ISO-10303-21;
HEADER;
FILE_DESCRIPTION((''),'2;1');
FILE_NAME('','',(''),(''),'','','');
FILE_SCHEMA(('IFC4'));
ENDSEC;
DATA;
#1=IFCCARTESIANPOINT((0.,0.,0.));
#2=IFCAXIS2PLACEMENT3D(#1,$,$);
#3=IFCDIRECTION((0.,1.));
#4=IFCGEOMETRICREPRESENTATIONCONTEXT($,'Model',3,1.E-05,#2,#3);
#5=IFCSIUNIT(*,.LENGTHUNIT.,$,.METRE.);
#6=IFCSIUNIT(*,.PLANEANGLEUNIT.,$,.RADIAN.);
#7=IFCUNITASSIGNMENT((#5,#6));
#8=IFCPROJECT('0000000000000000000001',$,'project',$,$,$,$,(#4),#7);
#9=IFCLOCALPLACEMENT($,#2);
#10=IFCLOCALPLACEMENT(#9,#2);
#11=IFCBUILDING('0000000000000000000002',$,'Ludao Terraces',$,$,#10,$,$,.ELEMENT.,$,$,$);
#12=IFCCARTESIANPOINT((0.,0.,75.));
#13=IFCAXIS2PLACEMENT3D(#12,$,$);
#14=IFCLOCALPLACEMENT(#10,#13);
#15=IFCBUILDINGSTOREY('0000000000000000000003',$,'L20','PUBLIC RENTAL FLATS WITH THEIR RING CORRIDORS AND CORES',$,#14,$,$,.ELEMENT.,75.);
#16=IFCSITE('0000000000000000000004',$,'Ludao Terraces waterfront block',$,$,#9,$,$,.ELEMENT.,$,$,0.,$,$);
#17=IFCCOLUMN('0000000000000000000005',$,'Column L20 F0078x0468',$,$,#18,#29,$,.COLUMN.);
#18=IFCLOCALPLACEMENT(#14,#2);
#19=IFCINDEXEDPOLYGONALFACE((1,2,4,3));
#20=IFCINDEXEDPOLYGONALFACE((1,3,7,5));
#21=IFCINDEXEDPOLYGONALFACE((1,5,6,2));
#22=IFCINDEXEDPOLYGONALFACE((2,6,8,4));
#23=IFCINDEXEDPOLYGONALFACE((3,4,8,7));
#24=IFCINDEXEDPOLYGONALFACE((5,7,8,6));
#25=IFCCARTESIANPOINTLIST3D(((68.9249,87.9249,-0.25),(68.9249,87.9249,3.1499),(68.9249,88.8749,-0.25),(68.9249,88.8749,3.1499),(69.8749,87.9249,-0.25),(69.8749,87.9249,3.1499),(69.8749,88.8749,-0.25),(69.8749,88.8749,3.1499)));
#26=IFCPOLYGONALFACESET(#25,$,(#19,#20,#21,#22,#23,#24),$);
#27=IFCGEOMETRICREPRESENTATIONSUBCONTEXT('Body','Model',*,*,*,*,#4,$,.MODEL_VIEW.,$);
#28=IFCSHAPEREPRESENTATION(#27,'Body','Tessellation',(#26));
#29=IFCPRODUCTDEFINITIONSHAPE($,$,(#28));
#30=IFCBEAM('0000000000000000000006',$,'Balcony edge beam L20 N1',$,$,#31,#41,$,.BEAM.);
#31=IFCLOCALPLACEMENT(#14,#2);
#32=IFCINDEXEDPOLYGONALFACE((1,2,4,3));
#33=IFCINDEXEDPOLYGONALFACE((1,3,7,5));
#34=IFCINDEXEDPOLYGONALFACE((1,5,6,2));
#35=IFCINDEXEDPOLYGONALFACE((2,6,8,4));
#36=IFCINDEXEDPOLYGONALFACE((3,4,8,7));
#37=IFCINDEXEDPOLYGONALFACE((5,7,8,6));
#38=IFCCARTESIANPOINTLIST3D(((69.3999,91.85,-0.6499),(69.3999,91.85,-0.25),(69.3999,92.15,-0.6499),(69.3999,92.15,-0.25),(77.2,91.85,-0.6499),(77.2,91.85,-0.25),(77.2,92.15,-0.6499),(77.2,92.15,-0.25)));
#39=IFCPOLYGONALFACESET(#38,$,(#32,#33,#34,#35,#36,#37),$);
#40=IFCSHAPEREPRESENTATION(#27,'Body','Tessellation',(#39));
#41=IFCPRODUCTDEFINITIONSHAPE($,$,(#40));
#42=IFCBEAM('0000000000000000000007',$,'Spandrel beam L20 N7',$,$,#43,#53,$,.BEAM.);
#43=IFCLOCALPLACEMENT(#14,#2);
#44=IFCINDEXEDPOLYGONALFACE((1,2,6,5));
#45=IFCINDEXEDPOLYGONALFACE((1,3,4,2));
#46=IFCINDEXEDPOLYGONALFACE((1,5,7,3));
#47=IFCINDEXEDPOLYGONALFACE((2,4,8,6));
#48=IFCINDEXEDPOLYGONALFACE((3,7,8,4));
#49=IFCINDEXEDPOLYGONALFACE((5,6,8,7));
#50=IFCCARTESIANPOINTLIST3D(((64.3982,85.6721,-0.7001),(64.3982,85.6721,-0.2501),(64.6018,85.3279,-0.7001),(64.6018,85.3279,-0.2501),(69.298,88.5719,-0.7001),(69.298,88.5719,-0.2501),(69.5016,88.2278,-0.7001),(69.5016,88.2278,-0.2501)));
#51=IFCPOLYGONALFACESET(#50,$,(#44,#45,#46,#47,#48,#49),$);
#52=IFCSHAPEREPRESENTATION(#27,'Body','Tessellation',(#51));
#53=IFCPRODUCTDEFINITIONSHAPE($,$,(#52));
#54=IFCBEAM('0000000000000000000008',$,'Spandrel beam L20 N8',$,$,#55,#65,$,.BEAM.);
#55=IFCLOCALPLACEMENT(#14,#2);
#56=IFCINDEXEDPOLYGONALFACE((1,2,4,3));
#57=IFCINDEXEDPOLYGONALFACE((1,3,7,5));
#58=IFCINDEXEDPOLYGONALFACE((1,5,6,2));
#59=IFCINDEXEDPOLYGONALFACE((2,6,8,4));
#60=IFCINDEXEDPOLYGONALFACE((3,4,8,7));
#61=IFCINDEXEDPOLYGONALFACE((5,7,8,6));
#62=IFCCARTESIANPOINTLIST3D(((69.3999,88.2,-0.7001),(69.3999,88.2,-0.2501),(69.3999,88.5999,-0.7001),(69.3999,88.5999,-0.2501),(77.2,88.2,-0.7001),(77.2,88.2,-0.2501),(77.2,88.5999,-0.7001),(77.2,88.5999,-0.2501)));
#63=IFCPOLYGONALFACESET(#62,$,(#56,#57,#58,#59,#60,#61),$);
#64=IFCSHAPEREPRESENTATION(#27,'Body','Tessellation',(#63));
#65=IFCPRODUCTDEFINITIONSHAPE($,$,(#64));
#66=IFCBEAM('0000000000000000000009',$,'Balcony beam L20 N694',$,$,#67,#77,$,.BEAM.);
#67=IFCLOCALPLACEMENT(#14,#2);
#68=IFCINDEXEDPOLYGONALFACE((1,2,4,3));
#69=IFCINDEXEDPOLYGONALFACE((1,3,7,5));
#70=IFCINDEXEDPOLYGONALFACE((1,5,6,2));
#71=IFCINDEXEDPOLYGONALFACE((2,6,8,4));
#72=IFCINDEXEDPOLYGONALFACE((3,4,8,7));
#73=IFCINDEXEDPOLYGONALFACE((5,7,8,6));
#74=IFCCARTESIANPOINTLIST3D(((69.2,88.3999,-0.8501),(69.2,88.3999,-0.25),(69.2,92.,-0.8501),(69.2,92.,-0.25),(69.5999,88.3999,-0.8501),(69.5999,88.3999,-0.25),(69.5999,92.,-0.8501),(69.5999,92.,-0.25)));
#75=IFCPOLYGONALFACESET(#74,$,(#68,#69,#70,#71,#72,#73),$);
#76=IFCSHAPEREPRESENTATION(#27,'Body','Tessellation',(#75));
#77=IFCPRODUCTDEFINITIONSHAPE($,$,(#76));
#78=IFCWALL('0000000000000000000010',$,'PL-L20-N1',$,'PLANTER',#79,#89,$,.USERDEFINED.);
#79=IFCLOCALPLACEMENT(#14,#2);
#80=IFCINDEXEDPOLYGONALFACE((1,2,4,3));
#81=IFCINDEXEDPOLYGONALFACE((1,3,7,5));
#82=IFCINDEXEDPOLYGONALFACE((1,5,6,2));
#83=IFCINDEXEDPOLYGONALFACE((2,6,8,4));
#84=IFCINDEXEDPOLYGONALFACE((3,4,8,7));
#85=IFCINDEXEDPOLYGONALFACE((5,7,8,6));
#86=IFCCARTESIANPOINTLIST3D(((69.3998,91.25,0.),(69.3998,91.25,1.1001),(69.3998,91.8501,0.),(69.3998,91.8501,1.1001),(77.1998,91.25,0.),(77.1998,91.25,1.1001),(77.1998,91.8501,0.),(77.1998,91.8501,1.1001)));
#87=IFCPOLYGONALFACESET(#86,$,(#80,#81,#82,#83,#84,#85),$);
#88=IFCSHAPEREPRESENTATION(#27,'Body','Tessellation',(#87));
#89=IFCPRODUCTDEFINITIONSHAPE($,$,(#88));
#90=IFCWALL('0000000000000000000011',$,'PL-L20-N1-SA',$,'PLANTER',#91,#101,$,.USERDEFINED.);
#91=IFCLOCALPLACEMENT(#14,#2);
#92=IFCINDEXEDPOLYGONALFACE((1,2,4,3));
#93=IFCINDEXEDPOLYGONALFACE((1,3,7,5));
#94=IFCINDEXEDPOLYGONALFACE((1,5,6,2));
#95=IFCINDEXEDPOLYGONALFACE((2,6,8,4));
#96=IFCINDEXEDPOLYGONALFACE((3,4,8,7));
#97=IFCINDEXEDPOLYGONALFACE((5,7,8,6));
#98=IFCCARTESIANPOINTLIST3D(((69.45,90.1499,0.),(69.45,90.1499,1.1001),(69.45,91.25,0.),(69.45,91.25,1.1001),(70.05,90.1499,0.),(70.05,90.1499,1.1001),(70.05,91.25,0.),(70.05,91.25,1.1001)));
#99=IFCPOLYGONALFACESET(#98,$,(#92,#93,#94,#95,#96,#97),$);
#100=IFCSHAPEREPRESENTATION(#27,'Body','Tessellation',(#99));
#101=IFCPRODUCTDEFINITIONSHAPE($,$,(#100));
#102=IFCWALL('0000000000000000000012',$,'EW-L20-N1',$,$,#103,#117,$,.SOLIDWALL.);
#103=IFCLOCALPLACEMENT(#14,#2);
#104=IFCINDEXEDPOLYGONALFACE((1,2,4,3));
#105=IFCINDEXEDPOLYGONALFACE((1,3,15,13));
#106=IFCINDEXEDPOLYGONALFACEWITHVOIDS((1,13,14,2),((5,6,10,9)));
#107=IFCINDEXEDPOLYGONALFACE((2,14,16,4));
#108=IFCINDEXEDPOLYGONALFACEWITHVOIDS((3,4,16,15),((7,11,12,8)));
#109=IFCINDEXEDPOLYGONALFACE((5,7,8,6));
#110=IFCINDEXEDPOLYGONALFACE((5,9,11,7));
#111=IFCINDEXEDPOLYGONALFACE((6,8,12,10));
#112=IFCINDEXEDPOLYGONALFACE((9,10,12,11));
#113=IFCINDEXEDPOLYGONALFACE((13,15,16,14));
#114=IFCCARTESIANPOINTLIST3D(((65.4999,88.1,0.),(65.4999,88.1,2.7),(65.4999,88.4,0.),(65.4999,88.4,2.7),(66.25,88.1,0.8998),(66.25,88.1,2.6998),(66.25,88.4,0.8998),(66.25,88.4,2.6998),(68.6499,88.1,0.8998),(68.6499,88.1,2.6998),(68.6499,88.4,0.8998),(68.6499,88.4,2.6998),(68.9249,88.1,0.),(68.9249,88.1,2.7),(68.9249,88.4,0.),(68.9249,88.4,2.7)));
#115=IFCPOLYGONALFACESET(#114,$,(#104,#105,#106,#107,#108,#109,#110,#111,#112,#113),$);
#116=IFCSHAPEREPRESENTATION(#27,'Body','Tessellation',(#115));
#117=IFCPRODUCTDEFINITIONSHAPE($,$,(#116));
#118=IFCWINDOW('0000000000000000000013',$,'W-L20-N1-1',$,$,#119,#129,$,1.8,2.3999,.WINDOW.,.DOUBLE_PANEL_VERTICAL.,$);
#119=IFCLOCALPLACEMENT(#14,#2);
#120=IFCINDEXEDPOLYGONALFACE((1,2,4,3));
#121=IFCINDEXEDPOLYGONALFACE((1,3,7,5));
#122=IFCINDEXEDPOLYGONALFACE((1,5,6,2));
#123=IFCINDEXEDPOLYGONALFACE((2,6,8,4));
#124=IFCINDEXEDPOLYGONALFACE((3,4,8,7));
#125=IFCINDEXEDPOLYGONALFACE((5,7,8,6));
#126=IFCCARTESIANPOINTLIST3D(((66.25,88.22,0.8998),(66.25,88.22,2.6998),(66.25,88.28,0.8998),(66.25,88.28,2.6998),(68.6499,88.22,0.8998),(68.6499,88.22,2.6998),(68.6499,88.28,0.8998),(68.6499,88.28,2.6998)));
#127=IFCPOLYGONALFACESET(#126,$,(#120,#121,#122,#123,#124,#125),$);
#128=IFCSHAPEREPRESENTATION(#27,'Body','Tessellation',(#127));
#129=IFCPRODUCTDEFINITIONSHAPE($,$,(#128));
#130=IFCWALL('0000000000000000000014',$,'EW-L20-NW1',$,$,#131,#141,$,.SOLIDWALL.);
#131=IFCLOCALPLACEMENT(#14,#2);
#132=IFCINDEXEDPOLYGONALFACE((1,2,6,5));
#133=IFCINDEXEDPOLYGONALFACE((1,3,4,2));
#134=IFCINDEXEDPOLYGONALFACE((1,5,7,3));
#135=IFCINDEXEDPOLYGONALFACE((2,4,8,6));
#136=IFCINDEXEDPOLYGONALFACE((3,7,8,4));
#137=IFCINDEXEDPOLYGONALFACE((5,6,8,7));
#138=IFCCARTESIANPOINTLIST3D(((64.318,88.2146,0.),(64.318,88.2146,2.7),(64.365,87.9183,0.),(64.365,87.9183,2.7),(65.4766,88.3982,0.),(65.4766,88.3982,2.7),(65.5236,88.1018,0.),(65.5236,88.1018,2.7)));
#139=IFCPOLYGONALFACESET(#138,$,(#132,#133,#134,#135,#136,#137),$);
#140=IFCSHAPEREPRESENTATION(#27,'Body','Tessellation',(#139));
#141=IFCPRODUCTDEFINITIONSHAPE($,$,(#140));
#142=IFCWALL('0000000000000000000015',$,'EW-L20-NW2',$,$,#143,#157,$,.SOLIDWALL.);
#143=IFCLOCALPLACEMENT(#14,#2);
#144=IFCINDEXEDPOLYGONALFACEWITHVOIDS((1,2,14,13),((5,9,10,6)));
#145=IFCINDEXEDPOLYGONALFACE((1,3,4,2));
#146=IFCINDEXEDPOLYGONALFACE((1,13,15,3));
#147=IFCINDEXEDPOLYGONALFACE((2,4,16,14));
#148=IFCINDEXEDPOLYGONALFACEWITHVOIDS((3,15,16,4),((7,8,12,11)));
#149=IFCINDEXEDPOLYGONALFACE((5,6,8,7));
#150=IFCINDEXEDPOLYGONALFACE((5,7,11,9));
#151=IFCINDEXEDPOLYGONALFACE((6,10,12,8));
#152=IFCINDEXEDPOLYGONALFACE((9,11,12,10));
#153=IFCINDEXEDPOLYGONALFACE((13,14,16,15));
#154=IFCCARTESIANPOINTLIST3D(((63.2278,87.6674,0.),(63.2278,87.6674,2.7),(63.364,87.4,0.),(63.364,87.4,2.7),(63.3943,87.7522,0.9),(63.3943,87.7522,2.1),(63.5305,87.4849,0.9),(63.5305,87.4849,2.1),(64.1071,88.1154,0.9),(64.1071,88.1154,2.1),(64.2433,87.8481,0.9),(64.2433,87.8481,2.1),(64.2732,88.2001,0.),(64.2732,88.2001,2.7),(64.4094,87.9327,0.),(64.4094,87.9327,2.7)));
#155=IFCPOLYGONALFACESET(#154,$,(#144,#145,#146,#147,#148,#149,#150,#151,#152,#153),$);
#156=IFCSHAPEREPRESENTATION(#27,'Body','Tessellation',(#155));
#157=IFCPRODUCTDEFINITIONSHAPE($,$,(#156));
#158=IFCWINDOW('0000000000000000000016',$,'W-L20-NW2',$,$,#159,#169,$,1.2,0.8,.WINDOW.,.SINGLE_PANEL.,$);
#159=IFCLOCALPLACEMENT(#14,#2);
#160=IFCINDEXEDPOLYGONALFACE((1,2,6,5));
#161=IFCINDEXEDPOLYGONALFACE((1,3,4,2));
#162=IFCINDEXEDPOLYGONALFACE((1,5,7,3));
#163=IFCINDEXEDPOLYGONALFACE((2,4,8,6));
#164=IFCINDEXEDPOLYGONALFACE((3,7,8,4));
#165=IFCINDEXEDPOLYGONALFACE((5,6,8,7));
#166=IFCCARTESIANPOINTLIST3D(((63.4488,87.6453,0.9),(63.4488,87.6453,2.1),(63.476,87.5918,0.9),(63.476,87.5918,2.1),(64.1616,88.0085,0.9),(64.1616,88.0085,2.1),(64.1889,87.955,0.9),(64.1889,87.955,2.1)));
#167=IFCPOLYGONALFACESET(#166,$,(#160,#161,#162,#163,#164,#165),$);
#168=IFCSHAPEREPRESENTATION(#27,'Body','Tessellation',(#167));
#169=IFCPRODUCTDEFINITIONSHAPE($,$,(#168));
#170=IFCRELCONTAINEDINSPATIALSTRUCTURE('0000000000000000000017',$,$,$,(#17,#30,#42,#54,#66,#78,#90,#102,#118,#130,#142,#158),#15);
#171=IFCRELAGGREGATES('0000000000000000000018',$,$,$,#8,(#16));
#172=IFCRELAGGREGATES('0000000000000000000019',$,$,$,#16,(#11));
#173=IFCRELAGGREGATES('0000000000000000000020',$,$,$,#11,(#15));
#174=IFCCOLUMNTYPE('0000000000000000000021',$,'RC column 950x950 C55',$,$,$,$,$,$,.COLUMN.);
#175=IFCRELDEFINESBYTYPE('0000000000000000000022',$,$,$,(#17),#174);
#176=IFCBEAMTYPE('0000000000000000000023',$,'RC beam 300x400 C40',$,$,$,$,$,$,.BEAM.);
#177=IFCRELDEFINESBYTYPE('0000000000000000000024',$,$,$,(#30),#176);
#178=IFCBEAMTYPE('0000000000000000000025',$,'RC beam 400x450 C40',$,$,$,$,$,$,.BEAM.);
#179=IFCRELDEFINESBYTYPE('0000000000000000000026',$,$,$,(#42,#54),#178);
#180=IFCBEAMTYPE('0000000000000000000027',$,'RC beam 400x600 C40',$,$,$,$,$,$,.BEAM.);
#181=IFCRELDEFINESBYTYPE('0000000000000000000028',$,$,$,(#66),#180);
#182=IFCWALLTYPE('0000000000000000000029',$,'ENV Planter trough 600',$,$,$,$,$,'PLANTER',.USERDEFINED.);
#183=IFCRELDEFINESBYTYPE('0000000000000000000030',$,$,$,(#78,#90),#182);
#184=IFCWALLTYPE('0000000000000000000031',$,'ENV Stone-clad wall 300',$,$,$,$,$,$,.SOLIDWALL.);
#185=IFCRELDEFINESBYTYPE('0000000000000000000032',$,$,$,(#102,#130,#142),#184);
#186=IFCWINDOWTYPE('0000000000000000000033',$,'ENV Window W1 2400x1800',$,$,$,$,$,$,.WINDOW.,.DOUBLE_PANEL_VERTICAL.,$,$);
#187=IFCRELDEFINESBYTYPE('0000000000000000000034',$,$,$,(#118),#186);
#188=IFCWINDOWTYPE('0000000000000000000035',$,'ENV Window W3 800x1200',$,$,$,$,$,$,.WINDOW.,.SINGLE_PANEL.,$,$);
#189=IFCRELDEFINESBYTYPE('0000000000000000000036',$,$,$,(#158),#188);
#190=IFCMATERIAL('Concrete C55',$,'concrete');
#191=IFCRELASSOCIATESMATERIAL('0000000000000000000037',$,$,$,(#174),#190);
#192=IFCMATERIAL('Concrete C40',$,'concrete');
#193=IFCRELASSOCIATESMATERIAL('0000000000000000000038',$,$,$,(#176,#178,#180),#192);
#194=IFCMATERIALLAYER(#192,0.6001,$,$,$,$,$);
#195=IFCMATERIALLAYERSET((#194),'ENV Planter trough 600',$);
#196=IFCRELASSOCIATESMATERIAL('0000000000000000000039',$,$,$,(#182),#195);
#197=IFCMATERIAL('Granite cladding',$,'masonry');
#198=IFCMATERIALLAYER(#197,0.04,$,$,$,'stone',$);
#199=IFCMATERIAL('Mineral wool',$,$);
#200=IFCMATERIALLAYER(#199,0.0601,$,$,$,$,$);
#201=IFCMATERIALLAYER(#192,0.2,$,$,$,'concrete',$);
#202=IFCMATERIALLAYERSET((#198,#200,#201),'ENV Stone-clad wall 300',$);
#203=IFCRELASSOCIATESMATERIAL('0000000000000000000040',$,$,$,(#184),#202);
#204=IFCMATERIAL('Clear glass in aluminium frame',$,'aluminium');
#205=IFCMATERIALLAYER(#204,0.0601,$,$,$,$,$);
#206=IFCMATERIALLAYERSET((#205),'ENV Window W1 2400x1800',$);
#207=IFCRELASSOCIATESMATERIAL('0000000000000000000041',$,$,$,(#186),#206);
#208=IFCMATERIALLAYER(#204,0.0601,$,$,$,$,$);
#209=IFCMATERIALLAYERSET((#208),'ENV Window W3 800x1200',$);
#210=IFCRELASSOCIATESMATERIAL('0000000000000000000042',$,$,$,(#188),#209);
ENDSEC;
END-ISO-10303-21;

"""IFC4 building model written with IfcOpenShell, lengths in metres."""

from ifc_helpers import new_model, si_unit, direction, frame, frame_2d, origin, origin_2d, place, context, subcontext, project, spatial, rectangle, extrude, material, layer, layer_set, material_profile, profile_set, type_object, element, fill, save


model = new_model("IFC4")

# Units and contexts
model_context = context("Model", 3, precision=1e-05, world=origin(), true_north=direction((0.0, 1.0)))
body_context = subcontext(model_context, "Body", "Model", "MODEL_VIEW")
ifc_project = project(units=[si_unit("LENGTHUNIT", "METRE"), si_unit("PLANEANGLEUNIT", "RADIAN")], contexts=[model_context])

# Site, building, storey
site_placement = place(None, origin())
site = spatial("IfcSite", under=ifc_project, at=site_placement, Name="Ludao Terraces waterfront block", CompositionType="ELEMENT", RefElevation=0.0)
building_placement = place(site_placement, origin())
building = spatial("IfcBuilding", under=site, at=building_placement, Name="Ludao Terraces", CompositionType="ELEMENT")
storey_placement = place(building_placement, frame((0.0, 0.0, 75.0)))
storey = spatial("IfcBuildingStorey", under=building, at=storey_placement, Name="L20", Description="PUBLIC RENTAL FLATS WITH THEIR RING CORRIDORS AND CORES", CompositionType="ELEMENT", Elevation=75.0)

# Column
ifc_material_1 = material(Name="Concrete C55", Category="concrete")
ifc_material_profile_1 = material_profile(ifc_material_1, rectangle(XDim=0.95, YDim=0.95, at=origin_2d()), Name="950 X 950")
ifc_profile_set_1 = profile_set([ifc_material_profile_1], Name="Concrete C55")
column_type = type_object("IfcColumnType", Name="RC column 950x950 C55", PredefinedType="COLUMN", material=ifc_profile_set_1)
column_placement = place(storey_placement, frame((69.3999, 88.3999, -0.25), z_axis=(0.0, 0.0, 1.0), x_axis=(1.0, 0.0, 0.0)))
element("IfcColumn", 1, at=column_placement, inside=storey, type_object=column_type, Name="Column L20 F0078x0468", PredefinedType="COLUMN", context=body_context, shape_type="SweptSolid", body=[
    extrude(rectangle(XDim=0.95, YDim=0.95, at=origin_2d()), origin(), (0.0, 0.0, 1.0), 3.3999),
])

# Beams
ifc_material_2 = material(Name="Concrete C40", Category="concrete")
ifc_material_profile_2 = material_profile(ifc_material_2, rectangle(XDim=0.3, YDim=0.3999, at=origin_2d()), Name="300 X 400")
ifc_profile_set_2 = profile_set([ifc_material_profile_2], Name="Concrete C40")
beam_type_1 = type_object("IfcBeamType", Name="RC beam 300x400 C40", PredefinedType="BEAM", material=ifc_profile_set_2)
beam_1_placement = place(storey_placement, frame((69.3999, 92.0, -0.45), z_axis=(1.0, 0.0, 0.0), x_axis=(0.0, 1.0, 0.0)))
element("IfcBeam", 2, at=beam_1_placement, inside=storey, type_object=beam_type_1, Name="Balcony edge beam L20 N1", PredefinedType="BEAM", context=body_context, shape_type="SweptSolid", body=[
    extrude(rectangle(XDim=0.3, YDim=0.3999, at=origin_2d()), origin(), (0.0, 0.0, 1.0), 7.8),
])
ifc_material_profile_3 = material_profile(ifc_material_2, rectangle(XDim=0.3999, YDim=0.45, at=origin_2d()), Name="400 X 450")
ifc_profile_set_3 = profile_set([ifc_material_profile_3], Name="Concrete C40")
beam_type_2 = type_object("IfcBeamType", Name="RC beam 400x450 C40", PredefinedType="BEAM", material=ifc_profile_set_3)
beam_2_placement = place(storey_placement, frame((64.5, 85.5, -0.4751), z_axis=(0.86058, 0.509316, 0.0), x_axis=(-0.509316, 0.86058, 0.0)))
element("IfcBeam", 3, at=beam_2_placement, inside=storey, type_object=beam_type_2, Name="Spandrel beam L20 N7", PredefinedType="BEAM", context=body_context, shape_type="SweptSolid", body=[
    extrude(rectangle(XDim=0.3999, YDim=0.45, at=origin_2d()), origin(), (0.0, 0.0, 1.0), 5.6936),
])
beam_3_placement = place(storey_placement, frame((69.3999, 88.3999, -0.4751), z_axis=(1.0, 0.0, 0.0), x_axis=(0.0, 1.0, 0.0)))
element("IfcBeam", 4, at=beam_3_placement, inside=storey, type_object=beam_type_2, Name="Spandrel beam L20 N8", PredefinedType="BEAM", context=body_context, shape_type="SweptSolid", body=[
    extrude(rectangle(XDim=0.3999, YDim=0.45, at=origin_2d()), origin(), (0.0, 0.0, 1.0), 7.8),
])
ifc_material_profile_4 = material_profile(ifc_material_2, rectangle(XDim=0.3999, YDim=0.6001, at=origin_2d()), Name="400 X 600")
ifc_profile_set_4 = profile_set([ifc_material_profile_4], Name="Concrete C40")
beam_type_3 = type_object("IfcBeamType", Name="RC beam 400x600 C40", PredefinedType="BEAM", material=ifc_profile_set_4)
beam_4_placement = place(storey_placement, frame((69.3999, 88.3999, -0.55), z_axis=(0.0, 1.0, 0.0), x_axis=(-1.0, 0.0, 0.0)))
element("IfcBeam", 5, at=beam_4_placement, inside=storey, type_object=beam_type_3, Name="Balcony beam L20 N694", PredefinedType="BEAM", context=body_context, shape_type="SweptSolid", body=[
    extrude(rectangle(XDim=0.3999, YDim=0.6001, at=origin_2d()), origin(), (0.0, 0.0, 1.0), 3.6001),
])

# Walls
ifc_layer_1 = layer(ifc_material_2, 0.6001)
ifc_layer_set_1 = layer_set([ifc_layer_1], Name="ENV Planter trough 600")
wall_type_1 = type_object("IfcWallType", Name="ENV Planter trough 600", ElementType="PLANTER", PredefinedType="USERDEFINED", material=ifc_layer_set_1)
wall_1_placement = place(storey_placement, frame((69.3999, 91.55, 0.0), z_axis=(0.0, 0.0, 1.0), x_axis=(1.0, 0.0, 0.0)))
element("IfcWall", 6, at=wall_1_placement, inside=storey, type_object=wall_type_1, Name="PL-L20-N1", ObjectType="PLANTER", PredefinedType="USERDEFINED", context=body_context, shape_type="SweptSolid", body=[
    extrude(rectangle(XDim=7.8, YDim=0.6001, at=frame_2d((3.8999, 0.0))), origin(), (0.0, 0.0, 1.0), 1.1001),
])
wall_2_placement = place(storey_placement, frame((69.75, 91.25, 0.0), z_axis=(0.0, 0.0, 1.0), x_axis=(0.0, -1.0, 0.0)))
element("IfcWall", 7, at=wall_2_placement, inside=storey, type_object=wall_type_1, Name="PL-L20-N1-SA", ObjectType="PLANTER", PredefinedType="USERDEFINED", context=body_context, shape_type="SweptSolid", body=[
    extrude(rectangle(XDim=1.1001, YDim=0.6001, at=frame_2d((0.55, 0.0))), origin(), (0.0, 0.0, 1.0), 1.1001),
])

# Wall, opening, window
ifc_material_3 = material(Name="Granite cladding", Category="masonry")
ifc_layer_2 = layer(ifc_material_3, 0.04, Category="stone")
ifc_material_4 = material(Name="Mineral wool")
ifc_layer_3 = layer(ifc_material_4, 0.0601)
ifc_layer_4 = layer(ifc_material_2, 0.2, Category="concrete")
ifc_layer_set_2 = layer_set([ifc_layer_2, ifc_layer_3, ifc_layer_4], Name="ENV Stone-clad wall 300")
wall_type_2 = type_object("IfcWallType", Name="ENV Stone-clad wall 300", PredefinedType="SOLIDWALL", material=ifc_layer_set_2)
wall_3_placement = place(storey_placement, frame((65.5, 88.25, 0.0), z_axis=(0.0, 0.0, 1.0), x_axis=(1.0, 0.0, 0.0)))
wall_3 = element("IfcWall", 8, at=wall_3_placement, inside=storey, type_object=wall_type_2, Name="EW-L20-N1", PredefinedType="SOLIDWALL", context=body_context, shape_type="SweptSolid", body=[
    extrude(rectangle(XDim=3.425, YDim=0.3, at=frame_2d((1.7124, 0.0))), origin(), (0.0, 0.0, 1.0), 2.7),
])
opening_1_placement = place(wall_3_placement, frame((0.75, 0.0, 0.8999)))
opening_1 = element("IfcOpeningElement", 9, at=opening_1_placement, cuts=wall_3, PredefinedType="OPENING", context=body_context, shape_type="SweptSolid", body=[
    extrude(rectangle(XDim=2.3999, YDim=1.8, at=frame_2d((1.2, 0.8999))), frame((0.0, 0.1602, 0.0), z_axis=(0.0, -1.0, 0.0), x_axis=(1.0, 0.0, 0.0)), (0.0, 0.0, 1.0), 0.3201),
])
ifc_material_5 = material(Name="Clear glass in aluminium frame", Category="aluminium")
ifc_layer_5 = layer(ifc_material_5, 0.0601)
ifc_layer_set_3 = layer_set([ifc_layer_5], Name="ENV Window W1 2400x1800")
window_type_1 = type_object("IfcWindowType", Name="ENV Window W1 2400x1800", PartitioningType="DOUBLE_PANEL_VERTICAL", PredefinedType="WINDOW", material=ifc_layer_set_3)
window_1_placement = place(opening_1_placement, origin())
window_1 = element("IfcWindow", 10, at=window_1_placement, inside=storey, type_object=window_type_1, Name="W-L20-N1-1", OverallHeight=1.8, OverallWidth=2.3999, PartitioningType="DOUBLE_PANEL_VERTICAL", PredefinedType="WINDOW", context=body_context, shape_type="SweptSolid", body=[
    extrude(rectangle(XDim=2.3999, YDim=1.8, at=frame_2d((1.2, 0.8999))), frame((0.0, 0.03, 0.0), z_axis=(0.0, -1.0, 0.0), x_axis=(1.0, 0.0, 0.0)), (0.0, 0.0, 1.0), 0.0601),
])
fill(opening_1, window_1)

# Wall
wall_4_placement = place(storey_placement, frame((65.5, 88.25, 0.0), z_axis=(0.0, 0.0, 1.0), x_axis=(-0.987678, -0.156497, 0.0)))
element("IfcWall", 11, at=wall_4_placement, inside=storey, type_object=wall_type_2, Name="EW-L20-NW1", PredefinedType="SOLIDWALL", context=body_context, shape_type="SweptSolid", body=[
    extrude(rectangle(XDim=1.1731, YDim=0.3, at=frame_2d((0.5864, 0.0))), origin(), (0.0, 0.0, 1.0), 2.7),
])

# Wall, opening, window
wall_5_placement = place(storey_placement, frame((64.3413, 88.0664, 0.0), z_axis=(0.0, 0.0, 1.0), x_axis=(-0.890989, -0.454026, 0.0)))
wall_5 = element("IfcWall", 12, at=wall_5_placement, inside=storey, type_object=wall_type_2, Name="EW-L20-NW2", PredefinedType="SOLIDWALL", context=body_context, shape_type="SweptSolid", body=[
    extrude(rectangle(XDim=1.1733, YDim=0.3, at=frame_2d((0.5867, 0.0))), origin(), (0.0, 0.0, 1.0), 2.7),
])
opening_2_placement = place(wall_5_placement, frame((0.1865, 0.0, 0.8999)))
opening_2 = element("IfcOpeningElement", 13, at=opening_2_placement, cuts=wall_5, PredefinedType="OPENING", context=body_context, shape_type="SweptSolid", body=[
    extrude(rectangle(XDim=0.8, YDim=1.2, at=frame_2d((0.3999, 0.6001))), frame((0.0, 0.1602, 0.0), z_axis=(0.0, -1.0, 0.0), x_axis=(1.0, 0.0, 0.0)), (0.0, 0.0, 1.0), 0.3201),
])
ifc_layer_6 = layer(ifc_material_5, 0.0601)
ifc_layer_set_4 = layer_set([ifc_layer_6], Name="ENV Window W3 800x1200")
window_type_2 = type_object("IfcWindowType", Name="ENV Window W3 800x1200", PartitioningType="SINGLE_PANEL", PredefinedType="WINDOW", material=ifc_layer_set_4)
window_2_placement = place(opening_2_placement, origin())
window_2 = element("IfcWindow", 14, at=window_2_placement, inside=storey, type_object=window_type_2, Name="W-L20-NW2", OverallHeight=1.2, OverallWidth=0.8, PartitioningType="SINGLE_PANEL", PredefinedType="WINDOW", context=body_context, shape_type="SweptSolid", body=[
    extrude(rectangle(XDim=0.8, YDim=1.2, at=frame_2d((0.3999, 0.6001))), frame((0.0, 0.03, 0.0), z_axis=(0.0, -1.0, 0.0), x_axis=(1.0, 0.0, 0.0)), (0.0, 0.0, 1.0), 0.0601),
])
fill(opening_2, window_2)

save(model, "model.ifc")
